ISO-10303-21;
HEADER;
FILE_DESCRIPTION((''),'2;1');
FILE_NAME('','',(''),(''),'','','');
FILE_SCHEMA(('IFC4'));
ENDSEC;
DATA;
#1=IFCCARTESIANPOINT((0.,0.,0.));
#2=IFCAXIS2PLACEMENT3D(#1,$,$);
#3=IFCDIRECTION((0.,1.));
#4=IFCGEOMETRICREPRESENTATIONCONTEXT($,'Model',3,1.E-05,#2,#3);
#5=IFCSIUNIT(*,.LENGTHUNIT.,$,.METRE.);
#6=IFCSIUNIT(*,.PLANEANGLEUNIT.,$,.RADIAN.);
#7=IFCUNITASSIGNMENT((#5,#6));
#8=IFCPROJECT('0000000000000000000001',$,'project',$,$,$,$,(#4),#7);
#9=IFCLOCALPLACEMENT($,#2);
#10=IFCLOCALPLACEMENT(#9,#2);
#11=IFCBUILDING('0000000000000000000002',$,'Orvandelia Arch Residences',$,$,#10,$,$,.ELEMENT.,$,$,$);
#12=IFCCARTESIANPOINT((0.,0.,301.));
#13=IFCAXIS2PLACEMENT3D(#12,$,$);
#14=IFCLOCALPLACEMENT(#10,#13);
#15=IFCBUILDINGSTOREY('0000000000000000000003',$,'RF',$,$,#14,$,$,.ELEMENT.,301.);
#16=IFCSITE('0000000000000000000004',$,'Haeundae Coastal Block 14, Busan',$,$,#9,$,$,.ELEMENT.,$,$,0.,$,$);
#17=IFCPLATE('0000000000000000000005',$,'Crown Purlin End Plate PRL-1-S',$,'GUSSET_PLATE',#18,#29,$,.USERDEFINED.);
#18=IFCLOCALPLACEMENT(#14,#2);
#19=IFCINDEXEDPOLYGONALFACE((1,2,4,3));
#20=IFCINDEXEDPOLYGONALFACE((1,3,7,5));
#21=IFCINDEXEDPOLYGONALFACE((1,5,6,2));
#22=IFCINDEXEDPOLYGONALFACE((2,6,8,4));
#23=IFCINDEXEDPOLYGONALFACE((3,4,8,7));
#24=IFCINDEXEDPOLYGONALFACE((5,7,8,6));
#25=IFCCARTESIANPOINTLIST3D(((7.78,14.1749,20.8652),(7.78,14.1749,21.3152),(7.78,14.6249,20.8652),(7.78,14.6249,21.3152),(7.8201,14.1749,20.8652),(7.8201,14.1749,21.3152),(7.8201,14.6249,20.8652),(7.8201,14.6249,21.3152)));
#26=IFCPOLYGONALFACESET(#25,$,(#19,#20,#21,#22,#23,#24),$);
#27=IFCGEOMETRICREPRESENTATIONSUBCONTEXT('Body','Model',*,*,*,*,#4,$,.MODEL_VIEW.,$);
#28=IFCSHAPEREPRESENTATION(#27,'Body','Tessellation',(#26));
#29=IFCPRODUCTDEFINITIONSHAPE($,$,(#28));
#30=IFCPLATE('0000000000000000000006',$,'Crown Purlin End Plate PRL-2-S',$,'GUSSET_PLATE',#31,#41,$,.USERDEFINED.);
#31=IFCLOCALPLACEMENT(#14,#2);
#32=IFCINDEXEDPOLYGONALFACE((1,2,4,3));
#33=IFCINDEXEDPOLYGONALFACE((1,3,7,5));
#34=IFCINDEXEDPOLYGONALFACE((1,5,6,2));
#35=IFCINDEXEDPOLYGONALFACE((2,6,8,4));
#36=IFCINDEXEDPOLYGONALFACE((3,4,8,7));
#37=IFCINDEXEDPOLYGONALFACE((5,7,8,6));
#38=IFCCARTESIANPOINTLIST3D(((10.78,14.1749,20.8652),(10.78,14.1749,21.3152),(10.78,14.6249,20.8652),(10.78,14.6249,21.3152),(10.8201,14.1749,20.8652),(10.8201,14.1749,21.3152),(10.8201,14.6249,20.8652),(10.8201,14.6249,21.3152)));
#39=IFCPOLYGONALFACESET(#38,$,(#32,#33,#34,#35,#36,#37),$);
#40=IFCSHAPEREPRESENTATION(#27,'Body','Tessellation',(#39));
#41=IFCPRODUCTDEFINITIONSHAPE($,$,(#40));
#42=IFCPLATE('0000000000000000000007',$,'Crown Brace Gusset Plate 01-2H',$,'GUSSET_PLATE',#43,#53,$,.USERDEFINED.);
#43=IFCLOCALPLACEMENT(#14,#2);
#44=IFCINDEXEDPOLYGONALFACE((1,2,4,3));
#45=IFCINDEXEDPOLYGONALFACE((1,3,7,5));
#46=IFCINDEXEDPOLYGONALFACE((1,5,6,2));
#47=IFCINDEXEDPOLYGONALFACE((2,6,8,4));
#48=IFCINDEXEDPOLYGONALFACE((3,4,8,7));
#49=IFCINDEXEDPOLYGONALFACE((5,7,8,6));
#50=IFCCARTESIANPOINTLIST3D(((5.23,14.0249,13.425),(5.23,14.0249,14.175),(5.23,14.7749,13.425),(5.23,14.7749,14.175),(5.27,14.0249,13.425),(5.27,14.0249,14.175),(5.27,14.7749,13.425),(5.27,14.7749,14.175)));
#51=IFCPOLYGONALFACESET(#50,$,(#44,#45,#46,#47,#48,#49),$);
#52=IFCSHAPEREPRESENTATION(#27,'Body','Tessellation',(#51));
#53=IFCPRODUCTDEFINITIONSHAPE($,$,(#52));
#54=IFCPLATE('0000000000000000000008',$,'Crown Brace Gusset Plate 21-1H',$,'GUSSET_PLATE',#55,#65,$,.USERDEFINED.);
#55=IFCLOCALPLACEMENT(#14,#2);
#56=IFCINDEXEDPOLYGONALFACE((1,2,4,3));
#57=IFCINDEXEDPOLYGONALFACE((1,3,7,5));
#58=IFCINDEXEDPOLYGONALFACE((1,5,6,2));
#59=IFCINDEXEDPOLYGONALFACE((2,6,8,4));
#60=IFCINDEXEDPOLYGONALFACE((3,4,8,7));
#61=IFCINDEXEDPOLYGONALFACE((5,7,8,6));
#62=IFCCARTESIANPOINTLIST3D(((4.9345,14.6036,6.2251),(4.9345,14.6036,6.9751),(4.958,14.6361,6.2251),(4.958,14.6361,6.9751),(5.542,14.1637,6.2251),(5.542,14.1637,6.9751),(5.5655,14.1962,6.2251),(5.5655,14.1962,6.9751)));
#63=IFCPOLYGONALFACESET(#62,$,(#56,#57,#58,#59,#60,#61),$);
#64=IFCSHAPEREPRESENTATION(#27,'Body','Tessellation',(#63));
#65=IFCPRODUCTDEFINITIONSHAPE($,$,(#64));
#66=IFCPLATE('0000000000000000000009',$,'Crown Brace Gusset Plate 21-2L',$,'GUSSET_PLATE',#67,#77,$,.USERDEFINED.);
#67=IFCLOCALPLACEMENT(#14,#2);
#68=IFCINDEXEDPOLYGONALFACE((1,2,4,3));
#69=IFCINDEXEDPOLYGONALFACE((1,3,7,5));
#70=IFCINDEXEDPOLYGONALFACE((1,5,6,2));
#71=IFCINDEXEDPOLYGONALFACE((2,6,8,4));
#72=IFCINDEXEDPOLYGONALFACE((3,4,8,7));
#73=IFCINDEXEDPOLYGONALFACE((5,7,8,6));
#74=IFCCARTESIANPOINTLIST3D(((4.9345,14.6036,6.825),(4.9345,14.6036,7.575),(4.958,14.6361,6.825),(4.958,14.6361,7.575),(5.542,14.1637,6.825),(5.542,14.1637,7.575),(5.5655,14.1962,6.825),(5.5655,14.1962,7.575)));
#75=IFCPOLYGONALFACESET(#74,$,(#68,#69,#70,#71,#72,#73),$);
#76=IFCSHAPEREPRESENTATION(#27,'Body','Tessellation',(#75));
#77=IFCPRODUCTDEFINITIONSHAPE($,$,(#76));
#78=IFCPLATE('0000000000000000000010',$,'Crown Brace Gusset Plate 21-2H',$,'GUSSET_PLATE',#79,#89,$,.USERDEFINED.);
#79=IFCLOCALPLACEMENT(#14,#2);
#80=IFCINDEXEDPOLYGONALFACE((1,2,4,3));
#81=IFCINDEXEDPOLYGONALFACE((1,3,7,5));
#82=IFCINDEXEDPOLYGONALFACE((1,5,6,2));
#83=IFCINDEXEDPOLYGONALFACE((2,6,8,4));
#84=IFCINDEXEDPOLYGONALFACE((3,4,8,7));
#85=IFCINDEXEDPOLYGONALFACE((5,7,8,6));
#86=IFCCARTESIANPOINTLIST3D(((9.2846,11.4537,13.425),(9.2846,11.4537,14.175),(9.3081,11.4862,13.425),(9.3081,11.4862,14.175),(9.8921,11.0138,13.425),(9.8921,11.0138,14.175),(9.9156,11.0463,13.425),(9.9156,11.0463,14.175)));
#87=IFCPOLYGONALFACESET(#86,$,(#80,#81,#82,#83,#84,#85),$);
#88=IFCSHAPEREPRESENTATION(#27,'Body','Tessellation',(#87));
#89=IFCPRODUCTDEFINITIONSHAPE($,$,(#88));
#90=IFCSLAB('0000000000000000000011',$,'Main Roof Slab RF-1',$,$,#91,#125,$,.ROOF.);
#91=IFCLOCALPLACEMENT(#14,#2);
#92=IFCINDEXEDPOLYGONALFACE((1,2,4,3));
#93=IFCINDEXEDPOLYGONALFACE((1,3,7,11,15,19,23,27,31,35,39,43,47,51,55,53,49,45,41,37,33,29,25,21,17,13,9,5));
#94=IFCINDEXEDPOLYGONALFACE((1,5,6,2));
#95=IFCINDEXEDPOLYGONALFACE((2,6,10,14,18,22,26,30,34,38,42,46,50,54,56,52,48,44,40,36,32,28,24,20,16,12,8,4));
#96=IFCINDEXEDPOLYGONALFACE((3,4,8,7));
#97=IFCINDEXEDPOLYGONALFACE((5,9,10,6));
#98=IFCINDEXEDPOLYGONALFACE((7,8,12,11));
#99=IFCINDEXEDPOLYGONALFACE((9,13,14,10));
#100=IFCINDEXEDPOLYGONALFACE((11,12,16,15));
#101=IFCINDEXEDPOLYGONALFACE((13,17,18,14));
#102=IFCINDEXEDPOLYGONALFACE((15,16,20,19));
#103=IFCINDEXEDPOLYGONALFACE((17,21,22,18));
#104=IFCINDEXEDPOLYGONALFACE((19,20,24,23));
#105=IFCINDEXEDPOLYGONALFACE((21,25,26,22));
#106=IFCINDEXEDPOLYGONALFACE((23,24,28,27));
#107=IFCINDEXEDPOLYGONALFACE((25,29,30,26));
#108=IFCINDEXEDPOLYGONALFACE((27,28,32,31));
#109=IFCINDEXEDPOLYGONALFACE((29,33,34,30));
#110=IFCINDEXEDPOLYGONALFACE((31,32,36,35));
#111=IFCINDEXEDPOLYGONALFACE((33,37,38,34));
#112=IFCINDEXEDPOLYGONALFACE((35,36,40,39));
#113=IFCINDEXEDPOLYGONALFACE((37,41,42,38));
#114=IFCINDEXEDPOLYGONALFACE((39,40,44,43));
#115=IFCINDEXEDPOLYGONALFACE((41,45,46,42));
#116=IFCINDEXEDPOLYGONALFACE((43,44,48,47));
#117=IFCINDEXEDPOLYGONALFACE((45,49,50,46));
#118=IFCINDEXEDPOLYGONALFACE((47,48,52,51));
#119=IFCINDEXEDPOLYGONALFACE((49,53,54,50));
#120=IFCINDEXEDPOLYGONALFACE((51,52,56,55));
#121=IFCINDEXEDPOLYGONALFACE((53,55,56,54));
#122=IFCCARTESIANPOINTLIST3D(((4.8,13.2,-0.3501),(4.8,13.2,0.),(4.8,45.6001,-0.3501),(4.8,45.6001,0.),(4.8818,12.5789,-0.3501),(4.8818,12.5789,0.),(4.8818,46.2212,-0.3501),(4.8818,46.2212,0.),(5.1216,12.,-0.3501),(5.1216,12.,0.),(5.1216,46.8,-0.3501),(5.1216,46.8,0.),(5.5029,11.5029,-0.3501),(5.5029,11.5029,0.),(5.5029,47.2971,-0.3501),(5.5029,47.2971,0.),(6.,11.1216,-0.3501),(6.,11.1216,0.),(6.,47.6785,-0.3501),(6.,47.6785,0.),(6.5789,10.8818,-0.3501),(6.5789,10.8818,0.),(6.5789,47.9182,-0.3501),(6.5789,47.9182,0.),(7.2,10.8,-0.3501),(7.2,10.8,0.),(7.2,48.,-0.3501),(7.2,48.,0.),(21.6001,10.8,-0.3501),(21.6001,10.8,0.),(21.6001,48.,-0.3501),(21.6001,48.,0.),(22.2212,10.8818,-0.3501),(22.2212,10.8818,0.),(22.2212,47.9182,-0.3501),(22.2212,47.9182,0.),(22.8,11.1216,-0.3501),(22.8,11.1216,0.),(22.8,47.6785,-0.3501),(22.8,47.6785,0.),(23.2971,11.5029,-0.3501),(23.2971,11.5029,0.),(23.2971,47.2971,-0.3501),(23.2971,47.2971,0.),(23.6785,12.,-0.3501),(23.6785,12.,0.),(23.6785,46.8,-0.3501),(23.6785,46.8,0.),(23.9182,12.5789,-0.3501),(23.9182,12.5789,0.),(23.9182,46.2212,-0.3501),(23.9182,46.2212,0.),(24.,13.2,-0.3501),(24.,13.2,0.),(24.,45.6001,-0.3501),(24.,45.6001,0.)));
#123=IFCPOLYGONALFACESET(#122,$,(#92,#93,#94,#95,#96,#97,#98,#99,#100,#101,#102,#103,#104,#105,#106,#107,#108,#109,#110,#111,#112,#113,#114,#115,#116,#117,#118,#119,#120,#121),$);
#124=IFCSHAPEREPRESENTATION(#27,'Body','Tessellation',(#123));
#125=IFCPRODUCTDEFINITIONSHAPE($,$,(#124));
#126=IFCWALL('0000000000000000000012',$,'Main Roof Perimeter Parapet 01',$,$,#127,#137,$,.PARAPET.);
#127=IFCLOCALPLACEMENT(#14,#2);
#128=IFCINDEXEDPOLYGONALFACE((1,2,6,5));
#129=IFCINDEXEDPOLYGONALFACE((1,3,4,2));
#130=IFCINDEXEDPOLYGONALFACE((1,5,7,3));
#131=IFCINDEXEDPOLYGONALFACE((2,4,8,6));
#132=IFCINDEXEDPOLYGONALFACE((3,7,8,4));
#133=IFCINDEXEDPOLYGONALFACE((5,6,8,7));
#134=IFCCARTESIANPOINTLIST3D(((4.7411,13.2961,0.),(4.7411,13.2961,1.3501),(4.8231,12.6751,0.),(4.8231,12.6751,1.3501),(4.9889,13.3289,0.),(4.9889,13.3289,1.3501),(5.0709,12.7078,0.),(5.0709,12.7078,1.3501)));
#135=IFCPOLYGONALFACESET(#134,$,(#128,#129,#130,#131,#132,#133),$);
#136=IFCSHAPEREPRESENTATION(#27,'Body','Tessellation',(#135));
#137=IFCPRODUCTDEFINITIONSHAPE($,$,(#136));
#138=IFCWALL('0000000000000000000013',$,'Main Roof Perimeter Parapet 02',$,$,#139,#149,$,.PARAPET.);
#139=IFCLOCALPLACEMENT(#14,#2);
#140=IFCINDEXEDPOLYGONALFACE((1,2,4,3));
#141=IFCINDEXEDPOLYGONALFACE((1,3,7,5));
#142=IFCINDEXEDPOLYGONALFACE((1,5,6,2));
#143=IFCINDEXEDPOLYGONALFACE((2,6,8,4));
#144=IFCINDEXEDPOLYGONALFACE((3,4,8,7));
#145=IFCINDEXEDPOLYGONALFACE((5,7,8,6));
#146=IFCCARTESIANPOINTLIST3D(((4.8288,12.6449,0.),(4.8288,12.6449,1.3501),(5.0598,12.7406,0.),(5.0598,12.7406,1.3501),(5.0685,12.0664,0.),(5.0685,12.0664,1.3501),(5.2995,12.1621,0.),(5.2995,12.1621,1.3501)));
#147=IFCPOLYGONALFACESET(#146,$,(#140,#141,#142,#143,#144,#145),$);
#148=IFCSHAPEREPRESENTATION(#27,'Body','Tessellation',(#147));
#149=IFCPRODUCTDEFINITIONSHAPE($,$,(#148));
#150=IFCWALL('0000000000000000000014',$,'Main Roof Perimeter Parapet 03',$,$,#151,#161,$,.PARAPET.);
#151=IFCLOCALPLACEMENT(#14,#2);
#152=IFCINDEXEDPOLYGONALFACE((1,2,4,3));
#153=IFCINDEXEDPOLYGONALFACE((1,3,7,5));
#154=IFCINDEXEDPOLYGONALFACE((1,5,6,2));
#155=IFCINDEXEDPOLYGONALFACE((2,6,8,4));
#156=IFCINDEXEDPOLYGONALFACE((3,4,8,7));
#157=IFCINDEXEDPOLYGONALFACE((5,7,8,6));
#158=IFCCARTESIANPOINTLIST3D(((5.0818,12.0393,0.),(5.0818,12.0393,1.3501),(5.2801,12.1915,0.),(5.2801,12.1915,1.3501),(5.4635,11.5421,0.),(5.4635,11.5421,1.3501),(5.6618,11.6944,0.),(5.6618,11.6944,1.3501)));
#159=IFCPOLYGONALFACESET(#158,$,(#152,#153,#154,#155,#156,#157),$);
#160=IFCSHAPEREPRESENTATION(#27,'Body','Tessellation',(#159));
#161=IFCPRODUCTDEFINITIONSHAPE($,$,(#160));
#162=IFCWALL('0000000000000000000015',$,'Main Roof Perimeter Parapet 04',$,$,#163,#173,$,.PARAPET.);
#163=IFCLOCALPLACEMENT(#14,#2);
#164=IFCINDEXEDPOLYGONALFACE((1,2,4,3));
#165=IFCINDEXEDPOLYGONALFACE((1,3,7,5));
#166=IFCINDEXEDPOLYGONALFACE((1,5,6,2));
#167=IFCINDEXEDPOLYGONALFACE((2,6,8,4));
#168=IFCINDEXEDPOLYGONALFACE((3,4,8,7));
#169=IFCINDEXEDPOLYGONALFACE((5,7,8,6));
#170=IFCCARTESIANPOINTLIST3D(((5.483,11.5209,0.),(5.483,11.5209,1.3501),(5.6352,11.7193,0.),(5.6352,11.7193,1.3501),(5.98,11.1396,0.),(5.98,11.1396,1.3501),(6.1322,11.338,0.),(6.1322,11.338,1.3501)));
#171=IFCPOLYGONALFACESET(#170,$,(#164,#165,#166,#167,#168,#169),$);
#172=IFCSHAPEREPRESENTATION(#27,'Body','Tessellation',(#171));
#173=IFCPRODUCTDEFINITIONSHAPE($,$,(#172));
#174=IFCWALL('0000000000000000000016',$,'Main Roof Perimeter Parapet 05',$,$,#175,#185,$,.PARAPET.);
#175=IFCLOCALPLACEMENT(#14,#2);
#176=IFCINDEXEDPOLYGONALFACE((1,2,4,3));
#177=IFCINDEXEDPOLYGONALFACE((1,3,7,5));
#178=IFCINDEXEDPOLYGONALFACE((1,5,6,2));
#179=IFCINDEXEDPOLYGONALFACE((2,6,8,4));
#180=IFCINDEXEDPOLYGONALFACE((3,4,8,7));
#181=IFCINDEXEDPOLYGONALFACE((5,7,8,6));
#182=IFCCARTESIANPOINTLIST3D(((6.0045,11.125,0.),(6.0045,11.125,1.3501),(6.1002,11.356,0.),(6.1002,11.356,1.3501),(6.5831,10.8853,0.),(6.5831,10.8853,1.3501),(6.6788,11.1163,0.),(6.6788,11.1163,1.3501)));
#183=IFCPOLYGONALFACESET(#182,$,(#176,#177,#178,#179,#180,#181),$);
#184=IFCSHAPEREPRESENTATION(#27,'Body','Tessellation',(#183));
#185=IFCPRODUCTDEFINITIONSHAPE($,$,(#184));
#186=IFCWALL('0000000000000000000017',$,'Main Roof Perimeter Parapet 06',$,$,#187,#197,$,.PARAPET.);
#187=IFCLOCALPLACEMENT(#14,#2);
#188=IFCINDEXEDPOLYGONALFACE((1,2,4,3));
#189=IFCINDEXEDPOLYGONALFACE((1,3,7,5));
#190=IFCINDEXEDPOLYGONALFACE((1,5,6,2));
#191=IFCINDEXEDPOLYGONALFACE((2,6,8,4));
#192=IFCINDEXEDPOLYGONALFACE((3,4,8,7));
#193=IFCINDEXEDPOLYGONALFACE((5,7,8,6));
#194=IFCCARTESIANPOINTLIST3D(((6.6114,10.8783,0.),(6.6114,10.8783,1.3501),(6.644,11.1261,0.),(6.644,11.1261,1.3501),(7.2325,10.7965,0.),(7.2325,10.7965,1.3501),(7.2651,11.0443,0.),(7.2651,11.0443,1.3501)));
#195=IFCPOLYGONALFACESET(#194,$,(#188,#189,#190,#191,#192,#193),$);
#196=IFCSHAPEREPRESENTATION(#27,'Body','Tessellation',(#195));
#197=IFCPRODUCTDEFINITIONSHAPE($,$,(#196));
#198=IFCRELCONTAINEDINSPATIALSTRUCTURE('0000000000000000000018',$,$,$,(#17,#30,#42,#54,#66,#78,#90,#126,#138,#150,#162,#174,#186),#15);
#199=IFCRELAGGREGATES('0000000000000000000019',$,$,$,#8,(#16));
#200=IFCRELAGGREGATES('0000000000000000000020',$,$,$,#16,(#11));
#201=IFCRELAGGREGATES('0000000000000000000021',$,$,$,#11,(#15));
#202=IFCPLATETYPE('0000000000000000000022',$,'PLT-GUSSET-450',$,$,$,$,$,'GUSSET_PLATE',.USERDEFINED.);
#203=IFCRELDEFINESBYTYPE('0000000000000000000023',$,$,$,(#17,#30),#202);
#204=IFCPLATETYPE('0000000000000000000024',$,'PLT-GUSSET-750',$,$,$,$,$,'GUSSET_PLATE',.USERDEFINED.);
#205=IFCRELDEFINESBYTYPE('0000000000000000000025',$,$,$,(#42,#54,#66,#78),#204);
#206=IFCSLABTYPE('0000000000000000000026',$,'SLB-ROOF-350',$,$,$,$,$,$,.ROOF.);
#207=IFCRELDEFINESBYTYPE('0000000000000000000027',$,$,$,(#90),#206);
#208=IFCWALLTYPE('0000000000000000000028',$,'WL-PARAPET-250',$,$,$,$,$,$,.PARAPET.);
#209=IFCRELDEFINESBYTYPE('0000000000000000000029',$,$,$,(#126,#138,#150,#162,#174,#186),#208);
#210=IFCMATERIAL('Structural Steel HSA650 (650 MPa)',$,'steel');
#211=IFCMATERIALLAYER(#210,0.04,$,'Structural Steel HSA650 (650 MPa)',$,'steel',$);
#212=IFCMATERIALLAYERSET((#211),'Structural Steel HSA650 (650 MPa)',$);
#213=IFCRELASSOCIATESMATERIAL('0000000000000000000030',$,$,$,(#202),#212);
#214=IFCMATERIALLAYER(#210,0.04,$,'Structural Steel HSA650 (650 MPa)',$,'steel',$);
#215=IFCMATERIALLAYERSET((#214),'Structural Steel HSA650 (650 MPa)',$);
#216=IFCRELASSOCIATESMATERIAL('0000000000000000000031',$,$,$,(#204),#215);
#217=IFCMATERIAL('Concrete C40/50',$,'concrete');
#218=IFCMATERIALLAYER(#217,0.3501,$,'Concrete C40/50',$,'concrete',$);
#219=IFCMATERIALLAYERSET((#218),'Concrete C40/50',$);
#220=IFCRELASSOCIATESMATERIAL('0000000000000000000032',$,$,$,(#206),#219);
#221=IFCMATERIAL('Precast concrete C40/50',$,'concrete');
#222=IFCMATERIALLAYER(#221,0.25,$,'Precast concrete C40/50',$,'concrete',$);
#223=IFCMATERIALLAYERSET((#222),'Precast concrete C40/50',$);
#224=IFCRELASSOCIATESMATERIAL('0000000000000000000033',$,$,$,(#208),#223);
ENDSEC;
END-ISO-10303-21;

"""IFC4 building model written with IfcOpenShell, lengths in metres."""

from ifc_helpers import new_model, si_unit, direction, frame, frame_2d, origin, origin_2d, place, context, subcontext, project, spatial, polyline, rectangle, outline, extrude, material, layer, layer_set, type_object, element, save


model = new_model("IFC4")

# Units and contexts
model_context = context("Model", 3, precision=1e-05, world=origin(), true_north=direction((0.0, 1.0)))
body_context = subcontext(model_context, "Body", "Model", "MODEL_VIEW")
ifc_project = project(units=[si_unit("LENGTHUNIT", "METRE"), si_unit("PLANEANGLEUNIT", "RADIAN")], contexts=[model_context])

# Site, building, storey
site_placement = place(None, origin())
site = spatial("IfcSite", under=ifc_project, at=site_placement, Name="Haeundae Coastal Block 14, Busan", CompositionType="ELEMENT", RefElevation=0.0)
building_placement = place(site_placement, origin())
building = spatial("IfcBuilding", under=site, at=building_placement, Name="Orvandelia Arch Residences", CompositionType="ELEMENT")
storey_placement = place(building_placement, frame((0.0, 0.0, 301.0)))
storey = spatial("IfcBuildingStorey", under=building, at=storey_placement, Name="RF", CompositionType="ELEMENT", Elevation=301.0)

# Shared definitions
ifc_material_1 = material(Name="Structural Steel HSA650 (650 MPa)", Category="steel")

# Plates
ifc_material_2 = material(Name="Precast concrete C40/50", Category="concrete")
ifc_layer_1 = layer(ifc_material_1, 0.04, Name="Structural Steel HSA650 (650 MPa)", Category="steel")
ifc_layer_set_1 = layer_set([ifc_layer_1], Name="Structural Steel HSA650 (650 MPa)")
plate_type_1 = type_object("IfcPlateType", Name="PLT-GUSSET-450", ElementType="GUSSET_PLATE", PredefinedType="USERDEFINED", material=ifc_layer_set_1)
for number, where, z_axis, x_axis, name in (
    (1, (7.8, 14.3999, 20.8652), (0.0, 0.0, 1.0), (0.0, 1.0, 0.0), "Crown Purlin End Plate PRL-1-S"),
    (2, (10.8, 14.3999, 20.8652), (0.0, 0.0, 1.0), (0.0, 1.0, 0.0), "Crown Purlin End Plate PRL-2-S"),
):
    element("IfcPlate", number, at=place(storey_placement, frame(where, z_axis=z_axis, x_axis=x_axis)), inside=storey, type_object=plate_type_1, Name=name, ObjectType="GUSSET_PLATE", PredefinedType="USERDEFINED", context=body_context, shape_type="SweptSolid", body=[
        extrude(rectangle(XDim=0.45, YDim=0.04, at=origin_2d()), origin(), (0.0, 0.0, 1.0), 0.45),
    ])
ifc_layer_2 = layer(ifc_material_1, 0.04, Name="Structural Steel HSA650 (650 MPa)", Category="steel")
ifc_layer_set_2 = layer_set([ifc_layer_2], Name="Structural Steel HSA650 (650 MPa)")
plate_type_2 = type_object("IfcPlateType", Name="PLT-GUSSET-750", ElementType="GUSSET_PLATE", PredefinedType="USERDEFINED", material=ifc_layer_set_2)
for number, where, z_axis, x_axis, name in (
    (3, (5.25, 14.3999, 13.425), (0.0, 0.0, 1.0), (0.0, 1.0, 0.0), "Crown Brace Gusset Plate 01-2H"),
    (4, (5.25, 14.3999, 6.2251), (0.0, 0.0, 1.0), (-0.809939, 0.586514, 0.0), "Crown Brace Gusset Plate 21-1H"),
    (5, (5.25, 14.3999, 6.825), (0.0, 0.0, 1.0), (-0.809939, 0.586514, 0.0), "Crown Brace Gusset Plate 21-2L"),
    (6, (9.6001, 11.25, 13.425), (0.0, 0.0, 1.0), (-0.809939, 0.586514, 0.0), "Crown Brace Gusset Plate 21-2H"),
):
    element("IfcPlate", number, at=place(storey_placement, frame(where, z_axis=z_axis, x_axis=x_axis)), inside=storey, type_object=plate_type_2, Name=name, ObjectType="GUSSET_PLATE", PredefinedType="USERDEFINED", context=body_context, shape_type="SweptSolid", body=[
        extrude(rectangle(XDim=0.75, YDim=0.04, at=origin_2d()), origin(), (0.0, 0.0, 1.0), 0.75),
    ])

# Slab
ifc_material_3 = material(Name="Concrete C40/50", Category="concrete")
ifc_layer_3 = layer(ifc_material_3, 0.3501, Name="Concrete C40/50", Category="concrete")
ifc_layer_set_3 = layer_set([ifc_layer_3], Name="Concrete C40/50")
slab_type = type_object("IfcSlabType", Name="SLB-ROOF-350", PredefinedType="ROOF", material=ifc_layer_set_3)
slab_placement = place(storey_placement, frame((0.0, 0.0, -0.3501)))
element("IfcSlab", 7, at=slab_placement, inside=storey, type_object=slab_type, Name="Main Roof Slab RF-1", PredefinedType="ROOF", context=body_context, shape_type="SweptSolid", body=[
    extrude(outline(polyline([(4.8, 13.2), (4.8818, 12.5789), (5.1216, 12.0), (5.5029, 11.5029), (6.0, 11.1216), (6.5789, 10.8818), (7.2, 10.8), (21.6001, 10.8), (22.2212, 10.8818), (22.8, 11.1216), (23.2971, 11.5029), (23.6785, 12.0), (23.9182, 12.5789), (24.0, 13.2), (24.0, 45.6001), (23.9182, 46.2212), (23.6785, 46.8), (23.2971, 47.2971), (22.8, 47.6785), (22.2212, 47.9182), (21.6001, 48.0), (7.2, 48.0), (6.5789, 47.9182), (6.0, 47.6785), (5.5029, 47.2971), (5.1216, 46.8), (4.8818, 46.2212), (4.8, 45.6001), (4.8, 13.2)])), origin(), (0.0, 0.0, 1.0), 0.3501),
])

# Walls
ifc_layer_4 = layer(ifc_material_2, 0.25, Name="Precast concrete C40/50", Category="concrete")
ifc_layer_set_4 = layer_set([ifc_layer_4], Name="Precast concrete C40/50")
wall_type = type_object("IfcWallType", Name="WL-PARAPET-250", PredefinedType="PARAPET", material=ifc_layer_set_4)
wall_1_placement = place(storey_placement, frame((4.865, 13.3125, 0.0), z_axis=(0.0, 0.0, 1.0), x_axis=(0.130938, -0.991391, 0.0)))
element("IfcWall", 8, at=wall_1_placement, inside=storey, type_object=wall_type, Name="Main Roof Perimeter Parapet 01", PredefinedType="PARAPET", context=body_context, shape_type="SweptSolid", body=[
    extrude(rectangle(XDim=0.6265, YDim=0.25, at=frame_2d((0.3132, 0.0))), origin(), (0.0, 0.0, 1.0), 1.3501),
])
wall_2_placement = place(storey_placement, frame((4.9443, 12.6926, 0.0), z_axis=(0.0, 0.0, 1.0), x_axis=(0.382788, -0.923836, 0.0)))
element("IfcWall", 9, at=wall_2_placement, inside=storey, type_object=wall_type, Name="Main Roof Perimeter Parapet 02", PredefinedType="PARAPET", context=body_context, shape_type="SweptSolid", body=[
    extrude(rectangle(XDim=0.6262, YDim=0.25, at=frame_2d((0.313, 0.0))), origin(), (0.0, 0.0, 1.0), 1.3501),
])
wall_3_placement = place(storey_placement, frame((5.1809, 12.1155, 0.0), z_axis=(0.0, 0.0, 1.0), x_axis=(0.608939, -0.793217, 0.0)))
element("IfcWall", 10, at=wall_3_placement, inside=storey, type_object=wall_type, Name="Main Roof Perimeter Parapet 03", PredefinedType="PARAPET", context=body_context, shape_type="SweptSolid", body=[
    extrude(rectangle(XDim=0.6267, YDim=0.25, at=frame_2d((0.3135, 0.0))), origin(), (0.0, 0.0, 1.0), 1.3501),
])
wall_4_placement = place(storey_placement, frame((5.5591, 11.6201, 0.0), z_axis=(0.0, 0.0, 1.0), x_axis=(0.793406, -0.608693, 0.0)))
element("IfcWall", 11, at=wall_4_placement, inside=storey, type_object=wall_type, Name="Main Roof Perimeter Parapet 04", PredefinedType="PARAPET", context=body_context, shape_type="SweptSolid", body=[
    extrude(rectangle(XDim=0.6265, YDim=0.25, at=frame_2d((0.3132, 0.0))), origin(), (0.0, 0.0, 1.0), 1.3501),
])
wall_5_placement = place(storey_placement, frame((6.0525, 11.2405, 0.0), z_axis=(0.0, 0.0, 1.0), x_axis=(0.923836, -0.382788, 0.0)))
element("IfcWall", 12, at=wall_5_placement, inside=storey, type_object=wall_type, Name="Main Roof Perimeter Parapet 05", PredefinedType="PARAPET", context=body_context, shape_type="SweptSolid", body=[
    extrude(rectangle(XDim=0.6262, YDim=0.25, at=frame_2d((0.313, 0.0))), origin(), (0.0, 0.0, 1.0), 1.3501),
])
wall_6_placement = place(storey_placement, frame((6.6277, 11.0022, 0.0), z_axis=(0.0, 0.0, 1.0), x_axis=(0.991441, -0.130555, 0.0)))
element("IfcWall", 13, at=wall_6_placement, inside=storey, type_object=wall_type, Name="Main Roof Perimeter Parapet 06", PredefinedType="PARAPET", context=body_context, shape_type="SweptSolid", body=[
    extrude(rectangle(XDim=0.6265, YDim=0.25, at=frame_2d((0.3132, 0.0))), origin(), (0.0, 0.0, 1.0), 1.3501),
])

save(model, "model.ifc")
